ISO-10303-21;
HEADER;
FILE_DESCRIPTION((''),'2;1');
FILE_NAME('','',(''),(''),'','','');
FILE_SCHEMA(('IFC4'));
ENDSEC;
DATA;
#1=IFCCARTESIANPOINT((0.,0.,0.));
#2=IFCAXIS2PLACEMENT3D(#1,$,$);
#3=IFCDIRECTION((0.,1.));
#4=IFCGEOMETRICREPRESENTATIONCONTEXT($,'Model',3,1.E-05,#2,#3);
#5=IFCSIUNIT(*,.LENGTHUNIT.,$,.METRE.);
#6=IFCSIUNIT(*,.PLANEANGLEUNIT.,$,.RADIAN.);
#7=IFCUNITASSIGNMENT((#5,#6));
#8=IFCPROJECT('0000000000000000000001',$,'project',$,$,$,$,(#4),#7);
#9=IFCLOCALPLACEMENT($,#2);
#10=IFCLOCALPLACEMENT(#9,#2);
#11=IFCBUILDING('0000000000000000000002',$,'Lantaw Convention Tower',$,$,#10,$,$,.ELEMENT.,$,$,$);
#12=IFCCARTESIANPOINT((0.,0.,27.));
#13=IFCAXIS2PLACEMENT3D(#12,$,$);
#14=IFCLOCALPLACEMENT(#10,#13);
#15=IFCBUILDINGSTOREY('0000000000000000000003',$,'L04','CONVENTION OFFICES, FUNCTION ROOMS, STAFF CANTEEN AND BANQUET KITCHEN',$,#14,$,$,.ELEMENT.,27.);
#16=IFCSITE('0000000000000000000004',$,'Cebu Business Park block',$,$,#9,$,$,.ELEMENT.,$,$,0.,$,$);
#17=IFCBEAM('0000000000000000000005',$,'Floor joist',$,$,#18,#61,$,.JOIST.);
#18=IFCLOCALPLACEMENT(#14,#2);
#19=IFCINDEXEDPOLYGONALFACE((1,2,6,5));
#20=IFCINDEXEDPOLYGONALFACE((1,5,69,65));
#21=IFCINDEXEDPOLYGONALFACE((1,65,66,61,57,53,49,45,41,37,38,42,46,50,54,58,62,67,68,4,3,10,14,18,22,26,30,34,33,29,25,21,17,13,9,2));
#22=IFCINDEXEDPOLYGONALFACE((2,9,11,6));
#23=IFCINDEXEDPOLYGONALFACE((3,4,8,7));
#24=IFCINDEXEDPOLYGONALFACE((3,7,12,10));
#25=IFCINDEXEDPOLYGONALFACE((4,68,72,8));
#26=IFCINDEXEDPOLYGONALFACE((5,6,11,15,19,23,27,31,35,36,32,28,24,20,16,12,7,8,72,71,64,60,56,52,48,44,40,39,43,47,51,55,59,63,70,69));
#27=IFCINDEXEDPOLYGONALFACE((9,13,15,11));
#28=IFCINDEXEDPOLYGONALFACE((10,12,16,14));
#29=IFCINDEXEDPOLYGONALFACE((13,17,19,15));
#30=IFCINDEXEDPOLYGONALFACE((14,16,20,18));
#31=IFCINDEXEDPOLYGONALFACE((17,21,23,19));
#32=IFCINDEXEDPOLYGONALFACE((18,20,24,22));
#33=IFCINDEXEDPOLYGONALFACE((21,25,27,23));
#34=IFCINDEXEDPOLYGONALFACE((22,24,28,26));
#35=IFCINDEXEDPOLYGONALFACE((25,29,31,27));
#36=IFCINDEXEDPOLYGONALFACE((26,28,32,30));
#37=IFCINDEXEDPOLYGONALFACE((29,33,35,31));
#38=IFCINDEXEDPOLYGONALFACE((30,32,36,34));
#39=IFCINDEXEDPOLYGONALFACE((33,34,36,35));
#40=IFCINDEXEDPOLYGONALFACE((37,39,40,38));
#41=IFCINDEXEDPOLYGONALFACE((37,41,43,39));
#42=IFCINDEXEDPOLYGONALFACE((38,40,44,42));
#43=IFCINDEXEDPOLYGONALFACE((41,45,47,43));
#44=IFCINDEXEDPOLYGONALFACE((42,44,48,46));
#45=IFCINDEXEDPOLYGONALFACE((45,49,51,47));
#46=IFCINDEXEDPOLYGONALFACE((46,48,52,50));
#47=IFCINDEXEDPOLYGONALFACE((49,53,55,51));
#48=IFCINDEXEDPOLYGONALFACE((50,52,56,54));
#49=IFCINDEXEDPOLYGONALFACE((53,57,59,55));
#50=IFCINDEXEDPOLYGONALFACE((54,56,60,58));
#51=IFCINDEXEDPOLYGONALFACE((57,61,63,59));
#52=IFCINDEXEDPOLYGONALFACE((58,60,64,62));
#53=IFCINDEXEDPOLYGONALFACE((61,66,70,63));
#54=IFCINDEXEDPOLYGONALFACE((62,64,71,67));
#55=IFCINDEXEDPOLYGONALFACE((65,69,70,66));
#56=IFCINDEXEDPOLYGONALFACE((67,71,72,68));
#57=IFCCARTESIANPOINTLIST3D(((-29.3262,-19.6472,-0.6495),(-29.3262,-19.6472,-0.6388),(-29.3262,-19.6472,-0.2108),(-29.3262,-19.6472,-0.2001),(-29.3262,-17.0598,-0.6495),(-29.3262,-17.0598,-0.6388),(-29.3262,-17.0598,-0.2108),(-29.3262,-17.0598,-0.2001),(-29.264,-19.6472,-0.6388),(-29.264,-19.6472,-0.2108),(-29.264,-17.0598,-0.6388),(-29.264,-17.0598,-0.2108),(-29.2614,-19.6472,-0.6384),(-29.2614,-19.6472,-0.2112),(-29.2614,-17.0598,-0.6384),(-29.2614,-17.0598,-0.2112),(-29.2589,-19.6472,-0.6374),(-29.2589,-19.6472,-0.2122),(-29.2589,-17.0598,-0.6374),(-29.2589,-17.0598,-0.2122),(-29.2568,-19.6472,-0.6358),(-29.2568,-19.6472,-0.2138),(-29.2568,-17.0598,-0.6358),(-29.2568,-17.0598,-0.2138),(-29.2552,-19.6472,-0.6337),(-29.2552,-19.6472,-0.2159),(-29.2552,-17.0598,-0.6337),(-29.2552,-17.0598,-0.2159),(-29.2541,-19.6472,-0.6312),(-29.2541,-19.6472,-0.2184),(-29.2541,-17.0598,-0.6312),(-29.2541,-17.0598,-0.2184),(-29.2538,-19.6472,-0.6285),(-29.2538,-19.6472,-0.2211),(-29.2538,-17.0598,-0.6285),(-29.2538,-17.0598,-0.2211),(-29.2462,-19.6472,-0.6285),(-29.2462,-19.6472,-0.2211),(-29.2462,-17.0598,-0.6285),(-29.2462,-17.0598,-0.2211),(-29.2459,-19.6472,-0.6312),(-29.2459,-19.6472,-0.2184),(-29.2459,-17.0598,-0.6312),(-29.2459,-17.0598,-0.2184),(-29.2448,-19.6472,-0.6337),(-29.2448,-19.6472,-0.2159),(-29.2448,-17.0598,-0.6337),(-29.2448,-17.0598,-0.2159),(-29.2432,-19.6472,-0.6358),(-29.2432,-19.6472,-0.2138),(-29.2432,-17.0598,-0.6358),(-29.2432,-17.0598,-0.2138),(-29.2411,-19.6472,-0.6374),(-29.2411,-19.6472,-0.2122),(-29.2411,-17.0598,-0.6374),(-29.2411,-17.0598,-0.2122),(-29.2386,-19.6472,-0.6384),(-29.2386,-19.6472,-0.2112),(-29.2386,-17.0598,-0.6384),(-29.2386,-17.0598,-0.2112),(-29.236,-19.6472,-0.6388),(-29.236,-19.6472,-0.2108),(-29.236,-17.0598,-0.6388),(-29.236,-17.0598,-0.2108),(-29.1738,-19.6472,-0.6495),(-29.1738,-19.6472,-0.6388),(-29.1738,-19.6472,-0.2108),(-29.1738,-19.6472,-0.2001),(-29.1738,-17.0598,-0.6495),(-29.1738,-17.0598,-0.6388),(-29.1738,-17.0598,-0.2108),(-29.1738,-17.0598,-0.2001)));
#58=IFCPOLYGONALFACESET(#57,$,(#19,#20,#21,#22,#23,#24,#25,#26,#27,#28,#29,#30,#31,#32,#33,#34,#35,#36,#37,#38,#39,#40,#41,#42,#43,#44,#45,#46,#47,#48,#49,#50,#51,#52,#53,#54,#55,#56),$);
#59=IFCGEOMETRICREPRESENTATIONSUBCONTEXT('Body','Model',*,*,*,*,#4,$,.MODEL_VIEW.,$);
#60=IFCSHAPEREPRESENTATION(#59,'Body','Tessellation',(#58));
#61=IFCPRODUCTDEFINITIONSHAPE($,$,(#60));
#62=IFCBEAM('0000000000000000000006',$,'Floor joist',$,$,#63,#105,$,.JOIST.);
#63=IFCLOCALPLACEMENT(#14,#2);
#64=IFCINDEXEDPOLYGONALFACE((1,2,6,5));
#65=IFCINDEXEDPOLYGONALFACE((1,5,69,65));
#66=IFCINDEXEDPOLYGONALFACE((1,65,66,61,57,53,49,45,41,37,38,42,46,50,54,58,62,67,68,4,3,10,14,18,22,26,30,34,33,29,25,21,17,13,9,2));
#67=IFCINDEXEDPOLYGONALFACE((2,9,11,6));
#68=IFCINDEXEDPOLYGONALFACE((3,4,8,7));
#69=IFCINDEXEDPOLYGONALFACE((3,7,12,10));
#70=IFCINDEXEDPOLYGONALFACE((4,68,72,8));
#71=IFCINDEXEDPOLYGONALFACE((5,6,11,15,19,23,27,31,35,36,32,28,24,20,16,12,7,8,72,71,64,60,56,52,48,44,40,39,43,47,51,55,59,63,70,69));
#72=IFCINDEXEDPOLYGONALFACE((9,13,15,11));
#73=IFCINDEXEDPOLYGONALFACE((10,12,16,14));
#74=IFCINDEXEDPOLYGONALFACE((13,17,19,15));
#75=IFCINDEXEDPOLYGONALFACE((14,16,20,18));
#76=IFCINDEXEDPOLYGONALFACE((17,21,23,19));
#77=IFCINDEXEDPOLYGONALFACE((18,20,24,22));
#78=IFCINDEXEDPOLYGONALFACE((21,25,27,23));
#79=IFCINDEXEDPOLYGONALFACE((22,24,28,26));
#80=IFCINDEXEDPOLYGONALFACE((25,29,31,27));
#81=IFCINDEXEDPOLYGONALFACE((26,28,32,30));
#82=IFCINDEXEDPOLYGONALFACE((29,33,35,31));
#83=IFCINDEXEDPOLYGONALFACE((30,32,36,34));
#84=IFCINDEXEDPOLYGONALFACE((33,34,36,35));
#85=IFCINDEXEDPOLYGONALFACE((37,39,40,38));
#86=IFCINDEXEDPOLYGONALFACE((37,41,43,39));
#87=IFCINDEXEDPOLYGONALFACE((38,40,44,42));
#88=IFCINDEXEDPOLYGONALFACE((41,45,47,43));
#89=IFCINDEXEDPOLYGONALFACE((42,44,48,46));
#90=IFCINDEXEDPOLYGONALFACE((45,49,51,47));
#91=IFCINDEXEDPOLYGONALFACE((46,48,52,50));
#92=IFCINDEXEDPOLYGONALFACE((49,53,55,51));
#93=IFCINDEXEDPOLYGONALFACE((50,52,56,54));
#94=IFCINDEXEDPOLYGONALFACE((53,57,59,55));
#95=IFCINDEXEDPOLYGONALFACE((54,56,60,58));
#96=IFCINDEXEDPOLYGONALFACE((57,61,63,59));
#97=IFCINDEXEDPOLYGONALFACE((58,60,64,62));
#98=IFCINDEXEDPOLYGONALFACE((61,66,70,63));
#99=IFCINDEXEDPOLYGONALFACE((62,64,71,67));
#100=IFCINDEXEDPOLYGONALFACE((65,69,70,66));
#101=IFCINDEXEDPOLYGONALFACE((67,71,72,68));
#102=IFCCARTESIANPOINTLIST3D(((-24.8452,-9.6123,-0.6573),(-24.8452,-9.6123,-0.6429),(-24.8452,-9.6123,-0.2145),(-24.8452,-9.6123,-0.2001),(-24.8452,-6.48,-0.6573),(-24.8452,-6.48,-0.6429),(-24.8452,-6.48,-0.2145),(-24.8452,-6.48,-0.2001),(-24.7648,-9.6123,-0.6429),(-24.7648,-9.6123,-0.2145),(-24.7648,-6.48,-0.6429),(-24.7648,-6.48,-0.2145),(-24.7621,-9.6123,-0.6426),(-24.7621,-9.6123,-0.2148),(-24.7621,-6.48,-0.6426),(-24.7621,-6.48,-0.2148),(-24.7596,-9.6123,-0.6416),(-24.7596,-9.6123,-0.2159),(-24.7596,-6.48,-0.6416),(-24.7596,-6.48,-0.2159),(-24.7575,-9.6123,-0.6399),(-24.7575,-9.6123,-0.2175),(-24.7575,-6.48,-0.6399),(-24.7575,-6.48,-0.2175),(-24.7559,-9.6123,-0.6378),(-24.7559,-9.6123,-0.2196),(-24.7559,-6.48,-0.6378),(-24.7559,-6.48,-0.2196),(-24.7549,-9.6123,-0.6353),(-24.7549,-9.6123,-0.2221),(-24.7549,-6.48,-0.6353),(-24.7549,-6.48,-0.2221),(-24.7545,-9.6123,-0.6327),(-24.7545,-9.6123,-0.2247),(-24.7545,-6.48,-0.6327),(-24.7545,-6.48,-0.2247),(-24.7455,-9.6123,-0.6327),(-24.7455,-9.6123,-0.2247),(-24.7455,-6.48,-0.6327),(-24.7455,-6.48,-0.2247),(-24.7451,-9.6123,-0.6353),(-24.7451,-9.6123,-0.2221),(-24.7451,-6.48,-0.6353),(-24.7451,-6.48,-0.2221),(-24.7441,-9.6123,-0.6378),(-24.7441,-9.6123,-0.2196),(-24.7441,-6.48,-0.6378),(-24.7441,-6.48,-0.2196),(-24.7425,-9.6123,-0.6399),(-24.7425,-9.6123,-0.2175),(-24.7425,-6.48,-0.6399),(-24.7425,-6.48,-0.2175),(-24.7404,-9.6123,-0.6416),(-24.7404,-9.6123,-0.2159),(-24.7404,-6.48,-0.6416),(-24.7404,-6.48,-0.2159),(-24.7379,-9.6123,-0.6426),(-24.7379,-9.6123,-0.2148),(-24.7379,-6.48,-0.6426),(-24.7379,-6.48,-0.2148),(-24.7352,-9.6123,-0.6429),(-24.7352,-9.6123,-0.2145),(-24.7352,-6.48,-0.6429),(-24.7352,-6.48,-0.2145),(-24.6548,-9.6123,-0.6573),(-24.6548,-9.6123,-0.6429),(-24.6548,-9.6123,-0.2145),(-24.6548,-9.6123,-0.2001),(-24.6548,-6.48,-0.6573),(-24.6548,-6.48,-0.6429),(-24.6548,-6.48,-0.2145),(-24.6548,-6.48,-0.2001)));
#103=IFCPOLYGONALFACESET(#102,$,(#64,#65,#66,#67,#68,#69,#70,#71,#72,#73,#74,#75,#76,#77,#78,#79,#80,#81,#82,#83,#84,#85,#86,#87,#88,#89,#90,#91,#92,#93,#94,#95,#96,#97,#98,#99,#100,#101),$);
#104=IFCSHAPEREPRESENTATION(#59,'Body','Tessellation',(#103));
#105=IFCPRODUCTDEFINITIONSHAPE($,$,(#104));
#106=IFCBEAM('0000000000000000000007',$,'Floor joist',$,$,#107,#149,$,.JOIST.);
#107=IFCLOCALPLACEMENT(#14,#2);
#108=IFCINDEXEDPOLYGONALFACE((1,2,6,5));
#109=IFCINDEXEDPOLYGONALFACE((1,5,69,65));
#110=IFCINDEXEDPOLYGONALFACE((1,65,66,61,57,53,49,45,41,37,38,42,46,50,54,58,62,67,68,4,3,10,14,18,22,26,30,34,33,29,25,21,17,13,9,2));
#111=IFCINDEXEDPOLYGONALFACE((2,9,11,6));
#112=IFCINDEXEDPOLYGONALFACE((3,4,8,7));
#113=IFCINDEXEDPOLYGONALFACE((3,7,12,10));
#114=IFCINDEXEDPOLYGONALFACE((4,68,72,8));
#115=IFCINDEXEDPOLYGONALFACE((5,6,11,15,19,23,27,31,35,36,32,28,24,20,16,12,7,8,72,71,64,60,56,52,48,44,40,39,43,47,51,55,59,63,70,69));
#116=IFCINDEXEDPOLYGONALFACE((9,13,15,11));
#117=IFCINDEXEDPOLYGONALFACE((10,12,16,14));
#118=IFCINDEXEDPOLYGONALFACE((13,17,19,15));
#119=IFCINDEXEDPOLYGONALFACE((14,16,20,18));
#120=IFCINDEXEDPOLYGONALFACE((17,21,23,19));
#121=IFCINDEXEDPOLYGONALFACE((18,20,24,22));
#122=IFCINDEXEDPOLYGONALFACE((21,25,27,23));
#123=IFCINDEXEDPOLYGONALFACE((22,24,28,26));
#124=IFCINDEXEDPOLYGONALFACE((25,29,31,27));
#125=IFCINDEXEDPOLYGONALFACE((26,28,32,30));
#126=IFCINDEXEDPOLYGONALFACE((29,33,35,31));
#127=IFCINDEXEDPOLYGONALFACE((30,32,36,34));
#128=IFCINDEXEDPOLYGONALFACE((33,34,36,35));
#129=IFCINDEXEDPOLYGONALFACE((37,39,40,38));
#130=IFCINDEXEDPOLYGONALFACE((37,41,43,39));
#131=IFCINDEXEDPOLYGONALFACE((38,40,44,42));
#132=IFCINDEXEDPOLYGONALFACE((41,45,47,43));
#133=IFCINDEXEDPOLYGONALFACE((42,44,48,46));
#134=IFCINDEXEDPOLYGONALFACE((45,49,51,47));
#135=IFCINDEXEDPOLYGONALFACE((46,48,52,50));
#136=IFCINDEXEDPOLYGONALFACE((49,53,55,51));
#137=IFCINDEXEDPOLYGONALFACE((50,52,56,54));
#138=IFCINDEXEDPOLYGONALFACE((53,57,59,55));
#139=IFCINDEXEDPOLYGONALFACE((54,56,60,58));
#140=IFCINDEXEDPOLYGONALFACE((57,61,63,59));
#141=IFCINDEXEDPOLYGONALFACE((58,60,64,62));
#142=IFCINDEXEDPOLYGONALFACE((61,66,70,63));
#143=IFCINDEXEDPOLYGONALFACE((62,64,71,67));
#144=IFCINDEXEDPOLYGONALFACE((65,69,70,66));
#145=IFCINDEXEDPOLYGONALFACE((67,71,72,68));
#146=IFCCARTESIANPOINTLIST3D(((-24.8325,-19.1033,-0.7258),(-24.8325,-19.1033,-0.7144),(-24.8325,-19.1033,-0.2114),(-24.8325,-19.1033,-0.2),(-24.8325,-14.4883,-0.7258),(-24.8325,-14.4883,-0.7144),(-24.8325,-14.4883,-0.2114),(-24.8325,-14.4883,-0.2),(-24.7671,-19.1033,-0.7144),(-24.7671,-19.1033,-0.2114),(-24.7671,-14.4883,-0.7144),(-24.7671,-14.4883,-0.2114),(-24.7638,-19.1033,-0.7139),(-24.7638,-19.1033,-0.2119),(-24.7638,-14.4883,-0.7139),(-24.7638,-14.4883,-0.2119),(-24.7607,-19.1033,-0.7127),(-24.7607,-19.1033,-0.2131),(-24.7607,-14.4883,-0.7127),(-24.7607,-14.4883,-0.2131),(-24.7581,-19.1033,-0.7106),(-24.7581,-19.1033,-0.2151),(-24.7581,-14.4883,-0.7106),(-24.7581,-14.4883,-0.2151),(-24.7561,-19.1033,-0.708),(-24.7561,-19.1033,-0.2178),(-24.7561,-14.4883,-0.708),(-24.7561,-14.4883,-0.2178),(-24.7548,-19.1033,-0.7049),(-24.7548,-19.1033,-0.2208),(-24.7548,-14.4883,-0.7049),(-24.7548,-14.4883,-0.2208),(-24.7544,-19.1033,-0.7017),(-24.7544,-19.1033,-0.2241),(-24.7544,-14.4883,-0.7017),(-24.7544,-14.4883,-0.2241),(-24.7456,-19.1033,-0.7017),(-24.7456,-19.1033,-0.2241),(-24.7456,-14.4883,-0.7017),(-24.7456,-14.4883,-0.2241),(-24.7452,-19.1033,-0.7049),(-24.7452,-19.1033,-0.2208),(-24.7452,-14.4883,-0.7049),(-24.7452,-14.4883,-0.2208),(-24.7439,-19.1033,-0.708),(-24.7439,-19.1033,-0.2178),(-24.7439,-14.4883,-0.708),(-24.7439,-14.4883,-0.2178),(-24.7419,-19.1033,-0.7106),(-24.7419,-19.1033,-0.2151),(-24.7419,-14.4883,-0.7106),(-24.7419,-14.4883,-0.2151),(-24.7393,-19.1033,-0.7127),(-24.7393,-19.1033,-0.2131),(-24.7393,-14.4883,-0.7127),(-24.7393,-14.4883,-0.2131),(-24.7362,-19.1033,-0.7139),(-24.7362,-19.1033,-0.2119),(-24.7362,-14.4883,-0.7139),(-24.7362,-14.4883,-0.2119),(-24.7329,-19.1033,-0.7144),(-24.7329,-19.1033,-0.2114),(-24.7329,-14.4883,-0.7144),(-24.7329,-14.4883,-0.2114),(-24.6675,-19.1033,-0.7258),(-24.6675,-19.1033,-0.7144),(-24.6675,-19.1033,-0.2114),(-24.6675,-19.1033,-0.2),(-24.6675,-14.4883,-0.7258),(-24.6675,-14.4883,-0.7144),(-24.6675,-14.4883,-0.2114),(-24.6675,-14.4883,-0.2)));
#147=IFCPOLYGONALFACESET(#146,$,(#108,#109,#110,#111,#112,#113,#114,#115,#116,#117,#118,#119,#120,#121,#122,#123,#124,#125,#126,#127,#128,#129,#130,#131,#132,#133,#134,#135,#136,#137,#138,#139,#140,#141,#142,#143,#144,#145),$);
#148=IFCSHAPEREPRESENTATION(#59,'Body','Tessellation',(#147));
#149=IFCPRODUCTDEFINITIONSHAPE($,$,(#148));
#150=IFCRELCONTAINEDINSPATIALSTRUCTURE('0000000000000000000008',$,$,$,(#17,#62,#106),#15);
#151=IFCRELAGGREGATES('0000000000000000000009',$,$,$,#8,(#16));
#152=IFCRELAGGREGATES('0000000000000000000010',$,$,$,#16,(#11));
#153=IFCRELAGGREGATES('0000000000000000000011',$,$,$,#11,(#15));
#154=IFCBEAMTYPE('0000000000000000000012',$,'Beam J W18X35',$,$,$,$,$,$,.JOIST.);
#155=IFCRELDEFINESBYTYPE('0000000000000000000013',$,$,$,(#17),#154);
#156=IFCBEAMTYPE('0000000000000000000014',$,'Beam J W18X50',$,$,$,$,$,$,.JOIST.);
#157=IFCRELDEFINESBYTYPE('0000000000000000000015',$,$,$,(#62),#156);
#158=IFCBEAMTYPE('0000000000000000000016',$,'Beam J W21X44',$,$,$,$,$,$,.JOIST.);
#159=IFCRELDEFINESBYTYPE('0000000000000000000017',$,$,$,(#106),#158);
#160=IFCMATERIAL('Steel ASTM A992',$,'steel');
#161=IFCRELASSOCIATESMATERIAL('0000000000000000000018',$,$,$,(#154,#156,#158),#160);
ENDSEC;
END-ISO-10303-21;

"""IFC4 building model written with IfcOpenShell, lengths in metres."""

from ifc_helpers import new_model, si_unit, direction, frame, origin, origin_2d, place, context, subcontext, project, spatial, i_section, extrude, material, material_profile, profile_set, type_object, element, save


model = new_model("IFC4")

# Units and contexts
model_context = context("Model", 3, precision=1e-05, world=origin(), true_north=direction((0.0, 1.0)))
body_context = subcontext(model_context, "Body", "Model", "MODEL_VIEW")
ifc_project = project(units=[si_unit("LENGTHUNIT", "METRE"), si_unit("PLANEANGLEUNIT", "RADIAN")], contexts=[model_context])

# Site, building, storey
site_placement = place(None, origin())
site = spatial("IfcSite", under=ifc_project, at=site_placement, Name="Cebu Business Park block", CompositionType="ELEMENT", RefElevation=0.0)
building_placement = place(site_placement, origin())
building = spatial("IfcBuilding", under=site, at=building_placement, Name="Lantaw Convention Tower", CompositionType="ELEMENT")
storey_placement = place(building_placement, frame((0.0, 0.0, 27.0)))
storey = spatial("IfcBuildingStorey", under=building, at=storey_placement, Name="L04", Description="CONVENTION OFFICES, FUNCTION ROOMS, STAFF CANTEEN AND BANQUET KITCHEN", CompositionType="ELEMENT", Elevation=27.0)

# Beams
ifc_material_1 = material(Name="Steel ASTM A992", Category="steel")
ifc_material_profile_1 = material_profile(ifc_material_1, i_section(OverallWidth=0.1523, OverallDepth=0.4495, WebThickness=0.0076, FlangeThickness=0.0107, FilletRadius=0.0103, at=origin_2d()), Name="W18X35")
ifc_profile_set_1 = profile_set([ifc_material_profile_1], Name="Steel ASTM A992")
beam_type_1 = type_object("IfcBeamType", Name="Beam J W18X35", PredefinedType="JOIST", material=ifc_profile_set_1)
beam_1_placement = place(storey_placement, frame((-29.25, -19.6472, -0.4248), z_axis=(0.0, 1.0, 0.0), x_axis=(-1.0, 0.0, 0.0)))
element("IfcBeam", 1, at=beam_1_placement, inside=storey, type_object=beam_type_1, Name="Floor joist", PredefinedType="JOIST", context=body_context, shape_type="SweptSolid", body=[
    extrude(i_section(OverallWidth=0.1523, OverallDepth=0.4495, WebThickness=0.0076, FlangeThickness=0.0107, FilletRadius=0.0103, at=origin_2d()), origin(), (0.0, 0.0, 1.0), 2.5874),
])
ifc_material_profile_2 = material_profile(ifc_material_1, i_section(OverallWidth=0.1904, OverallDepth=0.4573, WebThickness=0.009, FlangeThickness=0.0144, FilletRadius=0.0103, at=origin_2d()), Name="W18X50")
ifc_profile_set_2 = profile_set([ifc_material_profile_2], Name="Steel ASTM A992")
beam_type_2 = type_object("IfcBeamType", Name="Beam J W18X50", PredefinedType="JOIST", material=ifc_profile_set_2)
beam_2_placement = place(storey_placement, frame((-24.75, -9.6123, -0.4287), z_axis=(0.0, 1.0, 0.0), x_axis=(-1.0, 0.0, 0.0)))
element("IfcBeam", 2, at=beam_2_placement, inside=storey, type_object=beam_type_2, Name="Floor joist", PredefinedType="JOIST", context=body_context, shape_type="SweptSolid", body=[
    extrude(i_section(OverallWidth=0.1904, OverallDepth=0.4573, WebThickness=0.009, FlangeThickness=0.0144, FilletRadius=0.0103, at=origin_2d()), origin(), (0.0, 0.0, 1.0), 3.1323),
])
ifc_material_profile_3 = material_profile(ifc_material_1, i_section(OverallWidth=0.165, OverallDepth=0.5259, WebThickness=0.0088, FlangeThickness=0.0115, FilletRadius=0.0127, at=origin_2d()), Name="W21X44")
ifc_profile_set_3 = profile_set([ifc_material_profile_3], Name="Steel ASTM A992")
beam_type_3 = type_object("IfcBeamType", Name="Beam J W21X44", PredefinedType="JOIST", material=ifc_profile_set_3)
beam_3_placement = place(storey_placement, frame((-24.75, -19.1033, -0.4629), z_axis=(0.0, 1.0, 0.0), x_axis=(-1.0, 0.0, 0.0)))
element("IfcBeam", 3, at=beam_3_placement, inside=storey, type_object=beam_type_3, Name="Floor joist", PredefinedType="JOIST", context=body_context, shape_type="SweptSolid", body=[
    extrude(i_section(OverallWidth=0.165, OverallDepth=0.5259, WebThickness=0.0088, FlangeThickness=0.0115, FilletRadius=0.0127, at=origin_2d()), origin(), (0.0, 0.0, 1.0), 4.615),
])

save(model, "model.ifc")
